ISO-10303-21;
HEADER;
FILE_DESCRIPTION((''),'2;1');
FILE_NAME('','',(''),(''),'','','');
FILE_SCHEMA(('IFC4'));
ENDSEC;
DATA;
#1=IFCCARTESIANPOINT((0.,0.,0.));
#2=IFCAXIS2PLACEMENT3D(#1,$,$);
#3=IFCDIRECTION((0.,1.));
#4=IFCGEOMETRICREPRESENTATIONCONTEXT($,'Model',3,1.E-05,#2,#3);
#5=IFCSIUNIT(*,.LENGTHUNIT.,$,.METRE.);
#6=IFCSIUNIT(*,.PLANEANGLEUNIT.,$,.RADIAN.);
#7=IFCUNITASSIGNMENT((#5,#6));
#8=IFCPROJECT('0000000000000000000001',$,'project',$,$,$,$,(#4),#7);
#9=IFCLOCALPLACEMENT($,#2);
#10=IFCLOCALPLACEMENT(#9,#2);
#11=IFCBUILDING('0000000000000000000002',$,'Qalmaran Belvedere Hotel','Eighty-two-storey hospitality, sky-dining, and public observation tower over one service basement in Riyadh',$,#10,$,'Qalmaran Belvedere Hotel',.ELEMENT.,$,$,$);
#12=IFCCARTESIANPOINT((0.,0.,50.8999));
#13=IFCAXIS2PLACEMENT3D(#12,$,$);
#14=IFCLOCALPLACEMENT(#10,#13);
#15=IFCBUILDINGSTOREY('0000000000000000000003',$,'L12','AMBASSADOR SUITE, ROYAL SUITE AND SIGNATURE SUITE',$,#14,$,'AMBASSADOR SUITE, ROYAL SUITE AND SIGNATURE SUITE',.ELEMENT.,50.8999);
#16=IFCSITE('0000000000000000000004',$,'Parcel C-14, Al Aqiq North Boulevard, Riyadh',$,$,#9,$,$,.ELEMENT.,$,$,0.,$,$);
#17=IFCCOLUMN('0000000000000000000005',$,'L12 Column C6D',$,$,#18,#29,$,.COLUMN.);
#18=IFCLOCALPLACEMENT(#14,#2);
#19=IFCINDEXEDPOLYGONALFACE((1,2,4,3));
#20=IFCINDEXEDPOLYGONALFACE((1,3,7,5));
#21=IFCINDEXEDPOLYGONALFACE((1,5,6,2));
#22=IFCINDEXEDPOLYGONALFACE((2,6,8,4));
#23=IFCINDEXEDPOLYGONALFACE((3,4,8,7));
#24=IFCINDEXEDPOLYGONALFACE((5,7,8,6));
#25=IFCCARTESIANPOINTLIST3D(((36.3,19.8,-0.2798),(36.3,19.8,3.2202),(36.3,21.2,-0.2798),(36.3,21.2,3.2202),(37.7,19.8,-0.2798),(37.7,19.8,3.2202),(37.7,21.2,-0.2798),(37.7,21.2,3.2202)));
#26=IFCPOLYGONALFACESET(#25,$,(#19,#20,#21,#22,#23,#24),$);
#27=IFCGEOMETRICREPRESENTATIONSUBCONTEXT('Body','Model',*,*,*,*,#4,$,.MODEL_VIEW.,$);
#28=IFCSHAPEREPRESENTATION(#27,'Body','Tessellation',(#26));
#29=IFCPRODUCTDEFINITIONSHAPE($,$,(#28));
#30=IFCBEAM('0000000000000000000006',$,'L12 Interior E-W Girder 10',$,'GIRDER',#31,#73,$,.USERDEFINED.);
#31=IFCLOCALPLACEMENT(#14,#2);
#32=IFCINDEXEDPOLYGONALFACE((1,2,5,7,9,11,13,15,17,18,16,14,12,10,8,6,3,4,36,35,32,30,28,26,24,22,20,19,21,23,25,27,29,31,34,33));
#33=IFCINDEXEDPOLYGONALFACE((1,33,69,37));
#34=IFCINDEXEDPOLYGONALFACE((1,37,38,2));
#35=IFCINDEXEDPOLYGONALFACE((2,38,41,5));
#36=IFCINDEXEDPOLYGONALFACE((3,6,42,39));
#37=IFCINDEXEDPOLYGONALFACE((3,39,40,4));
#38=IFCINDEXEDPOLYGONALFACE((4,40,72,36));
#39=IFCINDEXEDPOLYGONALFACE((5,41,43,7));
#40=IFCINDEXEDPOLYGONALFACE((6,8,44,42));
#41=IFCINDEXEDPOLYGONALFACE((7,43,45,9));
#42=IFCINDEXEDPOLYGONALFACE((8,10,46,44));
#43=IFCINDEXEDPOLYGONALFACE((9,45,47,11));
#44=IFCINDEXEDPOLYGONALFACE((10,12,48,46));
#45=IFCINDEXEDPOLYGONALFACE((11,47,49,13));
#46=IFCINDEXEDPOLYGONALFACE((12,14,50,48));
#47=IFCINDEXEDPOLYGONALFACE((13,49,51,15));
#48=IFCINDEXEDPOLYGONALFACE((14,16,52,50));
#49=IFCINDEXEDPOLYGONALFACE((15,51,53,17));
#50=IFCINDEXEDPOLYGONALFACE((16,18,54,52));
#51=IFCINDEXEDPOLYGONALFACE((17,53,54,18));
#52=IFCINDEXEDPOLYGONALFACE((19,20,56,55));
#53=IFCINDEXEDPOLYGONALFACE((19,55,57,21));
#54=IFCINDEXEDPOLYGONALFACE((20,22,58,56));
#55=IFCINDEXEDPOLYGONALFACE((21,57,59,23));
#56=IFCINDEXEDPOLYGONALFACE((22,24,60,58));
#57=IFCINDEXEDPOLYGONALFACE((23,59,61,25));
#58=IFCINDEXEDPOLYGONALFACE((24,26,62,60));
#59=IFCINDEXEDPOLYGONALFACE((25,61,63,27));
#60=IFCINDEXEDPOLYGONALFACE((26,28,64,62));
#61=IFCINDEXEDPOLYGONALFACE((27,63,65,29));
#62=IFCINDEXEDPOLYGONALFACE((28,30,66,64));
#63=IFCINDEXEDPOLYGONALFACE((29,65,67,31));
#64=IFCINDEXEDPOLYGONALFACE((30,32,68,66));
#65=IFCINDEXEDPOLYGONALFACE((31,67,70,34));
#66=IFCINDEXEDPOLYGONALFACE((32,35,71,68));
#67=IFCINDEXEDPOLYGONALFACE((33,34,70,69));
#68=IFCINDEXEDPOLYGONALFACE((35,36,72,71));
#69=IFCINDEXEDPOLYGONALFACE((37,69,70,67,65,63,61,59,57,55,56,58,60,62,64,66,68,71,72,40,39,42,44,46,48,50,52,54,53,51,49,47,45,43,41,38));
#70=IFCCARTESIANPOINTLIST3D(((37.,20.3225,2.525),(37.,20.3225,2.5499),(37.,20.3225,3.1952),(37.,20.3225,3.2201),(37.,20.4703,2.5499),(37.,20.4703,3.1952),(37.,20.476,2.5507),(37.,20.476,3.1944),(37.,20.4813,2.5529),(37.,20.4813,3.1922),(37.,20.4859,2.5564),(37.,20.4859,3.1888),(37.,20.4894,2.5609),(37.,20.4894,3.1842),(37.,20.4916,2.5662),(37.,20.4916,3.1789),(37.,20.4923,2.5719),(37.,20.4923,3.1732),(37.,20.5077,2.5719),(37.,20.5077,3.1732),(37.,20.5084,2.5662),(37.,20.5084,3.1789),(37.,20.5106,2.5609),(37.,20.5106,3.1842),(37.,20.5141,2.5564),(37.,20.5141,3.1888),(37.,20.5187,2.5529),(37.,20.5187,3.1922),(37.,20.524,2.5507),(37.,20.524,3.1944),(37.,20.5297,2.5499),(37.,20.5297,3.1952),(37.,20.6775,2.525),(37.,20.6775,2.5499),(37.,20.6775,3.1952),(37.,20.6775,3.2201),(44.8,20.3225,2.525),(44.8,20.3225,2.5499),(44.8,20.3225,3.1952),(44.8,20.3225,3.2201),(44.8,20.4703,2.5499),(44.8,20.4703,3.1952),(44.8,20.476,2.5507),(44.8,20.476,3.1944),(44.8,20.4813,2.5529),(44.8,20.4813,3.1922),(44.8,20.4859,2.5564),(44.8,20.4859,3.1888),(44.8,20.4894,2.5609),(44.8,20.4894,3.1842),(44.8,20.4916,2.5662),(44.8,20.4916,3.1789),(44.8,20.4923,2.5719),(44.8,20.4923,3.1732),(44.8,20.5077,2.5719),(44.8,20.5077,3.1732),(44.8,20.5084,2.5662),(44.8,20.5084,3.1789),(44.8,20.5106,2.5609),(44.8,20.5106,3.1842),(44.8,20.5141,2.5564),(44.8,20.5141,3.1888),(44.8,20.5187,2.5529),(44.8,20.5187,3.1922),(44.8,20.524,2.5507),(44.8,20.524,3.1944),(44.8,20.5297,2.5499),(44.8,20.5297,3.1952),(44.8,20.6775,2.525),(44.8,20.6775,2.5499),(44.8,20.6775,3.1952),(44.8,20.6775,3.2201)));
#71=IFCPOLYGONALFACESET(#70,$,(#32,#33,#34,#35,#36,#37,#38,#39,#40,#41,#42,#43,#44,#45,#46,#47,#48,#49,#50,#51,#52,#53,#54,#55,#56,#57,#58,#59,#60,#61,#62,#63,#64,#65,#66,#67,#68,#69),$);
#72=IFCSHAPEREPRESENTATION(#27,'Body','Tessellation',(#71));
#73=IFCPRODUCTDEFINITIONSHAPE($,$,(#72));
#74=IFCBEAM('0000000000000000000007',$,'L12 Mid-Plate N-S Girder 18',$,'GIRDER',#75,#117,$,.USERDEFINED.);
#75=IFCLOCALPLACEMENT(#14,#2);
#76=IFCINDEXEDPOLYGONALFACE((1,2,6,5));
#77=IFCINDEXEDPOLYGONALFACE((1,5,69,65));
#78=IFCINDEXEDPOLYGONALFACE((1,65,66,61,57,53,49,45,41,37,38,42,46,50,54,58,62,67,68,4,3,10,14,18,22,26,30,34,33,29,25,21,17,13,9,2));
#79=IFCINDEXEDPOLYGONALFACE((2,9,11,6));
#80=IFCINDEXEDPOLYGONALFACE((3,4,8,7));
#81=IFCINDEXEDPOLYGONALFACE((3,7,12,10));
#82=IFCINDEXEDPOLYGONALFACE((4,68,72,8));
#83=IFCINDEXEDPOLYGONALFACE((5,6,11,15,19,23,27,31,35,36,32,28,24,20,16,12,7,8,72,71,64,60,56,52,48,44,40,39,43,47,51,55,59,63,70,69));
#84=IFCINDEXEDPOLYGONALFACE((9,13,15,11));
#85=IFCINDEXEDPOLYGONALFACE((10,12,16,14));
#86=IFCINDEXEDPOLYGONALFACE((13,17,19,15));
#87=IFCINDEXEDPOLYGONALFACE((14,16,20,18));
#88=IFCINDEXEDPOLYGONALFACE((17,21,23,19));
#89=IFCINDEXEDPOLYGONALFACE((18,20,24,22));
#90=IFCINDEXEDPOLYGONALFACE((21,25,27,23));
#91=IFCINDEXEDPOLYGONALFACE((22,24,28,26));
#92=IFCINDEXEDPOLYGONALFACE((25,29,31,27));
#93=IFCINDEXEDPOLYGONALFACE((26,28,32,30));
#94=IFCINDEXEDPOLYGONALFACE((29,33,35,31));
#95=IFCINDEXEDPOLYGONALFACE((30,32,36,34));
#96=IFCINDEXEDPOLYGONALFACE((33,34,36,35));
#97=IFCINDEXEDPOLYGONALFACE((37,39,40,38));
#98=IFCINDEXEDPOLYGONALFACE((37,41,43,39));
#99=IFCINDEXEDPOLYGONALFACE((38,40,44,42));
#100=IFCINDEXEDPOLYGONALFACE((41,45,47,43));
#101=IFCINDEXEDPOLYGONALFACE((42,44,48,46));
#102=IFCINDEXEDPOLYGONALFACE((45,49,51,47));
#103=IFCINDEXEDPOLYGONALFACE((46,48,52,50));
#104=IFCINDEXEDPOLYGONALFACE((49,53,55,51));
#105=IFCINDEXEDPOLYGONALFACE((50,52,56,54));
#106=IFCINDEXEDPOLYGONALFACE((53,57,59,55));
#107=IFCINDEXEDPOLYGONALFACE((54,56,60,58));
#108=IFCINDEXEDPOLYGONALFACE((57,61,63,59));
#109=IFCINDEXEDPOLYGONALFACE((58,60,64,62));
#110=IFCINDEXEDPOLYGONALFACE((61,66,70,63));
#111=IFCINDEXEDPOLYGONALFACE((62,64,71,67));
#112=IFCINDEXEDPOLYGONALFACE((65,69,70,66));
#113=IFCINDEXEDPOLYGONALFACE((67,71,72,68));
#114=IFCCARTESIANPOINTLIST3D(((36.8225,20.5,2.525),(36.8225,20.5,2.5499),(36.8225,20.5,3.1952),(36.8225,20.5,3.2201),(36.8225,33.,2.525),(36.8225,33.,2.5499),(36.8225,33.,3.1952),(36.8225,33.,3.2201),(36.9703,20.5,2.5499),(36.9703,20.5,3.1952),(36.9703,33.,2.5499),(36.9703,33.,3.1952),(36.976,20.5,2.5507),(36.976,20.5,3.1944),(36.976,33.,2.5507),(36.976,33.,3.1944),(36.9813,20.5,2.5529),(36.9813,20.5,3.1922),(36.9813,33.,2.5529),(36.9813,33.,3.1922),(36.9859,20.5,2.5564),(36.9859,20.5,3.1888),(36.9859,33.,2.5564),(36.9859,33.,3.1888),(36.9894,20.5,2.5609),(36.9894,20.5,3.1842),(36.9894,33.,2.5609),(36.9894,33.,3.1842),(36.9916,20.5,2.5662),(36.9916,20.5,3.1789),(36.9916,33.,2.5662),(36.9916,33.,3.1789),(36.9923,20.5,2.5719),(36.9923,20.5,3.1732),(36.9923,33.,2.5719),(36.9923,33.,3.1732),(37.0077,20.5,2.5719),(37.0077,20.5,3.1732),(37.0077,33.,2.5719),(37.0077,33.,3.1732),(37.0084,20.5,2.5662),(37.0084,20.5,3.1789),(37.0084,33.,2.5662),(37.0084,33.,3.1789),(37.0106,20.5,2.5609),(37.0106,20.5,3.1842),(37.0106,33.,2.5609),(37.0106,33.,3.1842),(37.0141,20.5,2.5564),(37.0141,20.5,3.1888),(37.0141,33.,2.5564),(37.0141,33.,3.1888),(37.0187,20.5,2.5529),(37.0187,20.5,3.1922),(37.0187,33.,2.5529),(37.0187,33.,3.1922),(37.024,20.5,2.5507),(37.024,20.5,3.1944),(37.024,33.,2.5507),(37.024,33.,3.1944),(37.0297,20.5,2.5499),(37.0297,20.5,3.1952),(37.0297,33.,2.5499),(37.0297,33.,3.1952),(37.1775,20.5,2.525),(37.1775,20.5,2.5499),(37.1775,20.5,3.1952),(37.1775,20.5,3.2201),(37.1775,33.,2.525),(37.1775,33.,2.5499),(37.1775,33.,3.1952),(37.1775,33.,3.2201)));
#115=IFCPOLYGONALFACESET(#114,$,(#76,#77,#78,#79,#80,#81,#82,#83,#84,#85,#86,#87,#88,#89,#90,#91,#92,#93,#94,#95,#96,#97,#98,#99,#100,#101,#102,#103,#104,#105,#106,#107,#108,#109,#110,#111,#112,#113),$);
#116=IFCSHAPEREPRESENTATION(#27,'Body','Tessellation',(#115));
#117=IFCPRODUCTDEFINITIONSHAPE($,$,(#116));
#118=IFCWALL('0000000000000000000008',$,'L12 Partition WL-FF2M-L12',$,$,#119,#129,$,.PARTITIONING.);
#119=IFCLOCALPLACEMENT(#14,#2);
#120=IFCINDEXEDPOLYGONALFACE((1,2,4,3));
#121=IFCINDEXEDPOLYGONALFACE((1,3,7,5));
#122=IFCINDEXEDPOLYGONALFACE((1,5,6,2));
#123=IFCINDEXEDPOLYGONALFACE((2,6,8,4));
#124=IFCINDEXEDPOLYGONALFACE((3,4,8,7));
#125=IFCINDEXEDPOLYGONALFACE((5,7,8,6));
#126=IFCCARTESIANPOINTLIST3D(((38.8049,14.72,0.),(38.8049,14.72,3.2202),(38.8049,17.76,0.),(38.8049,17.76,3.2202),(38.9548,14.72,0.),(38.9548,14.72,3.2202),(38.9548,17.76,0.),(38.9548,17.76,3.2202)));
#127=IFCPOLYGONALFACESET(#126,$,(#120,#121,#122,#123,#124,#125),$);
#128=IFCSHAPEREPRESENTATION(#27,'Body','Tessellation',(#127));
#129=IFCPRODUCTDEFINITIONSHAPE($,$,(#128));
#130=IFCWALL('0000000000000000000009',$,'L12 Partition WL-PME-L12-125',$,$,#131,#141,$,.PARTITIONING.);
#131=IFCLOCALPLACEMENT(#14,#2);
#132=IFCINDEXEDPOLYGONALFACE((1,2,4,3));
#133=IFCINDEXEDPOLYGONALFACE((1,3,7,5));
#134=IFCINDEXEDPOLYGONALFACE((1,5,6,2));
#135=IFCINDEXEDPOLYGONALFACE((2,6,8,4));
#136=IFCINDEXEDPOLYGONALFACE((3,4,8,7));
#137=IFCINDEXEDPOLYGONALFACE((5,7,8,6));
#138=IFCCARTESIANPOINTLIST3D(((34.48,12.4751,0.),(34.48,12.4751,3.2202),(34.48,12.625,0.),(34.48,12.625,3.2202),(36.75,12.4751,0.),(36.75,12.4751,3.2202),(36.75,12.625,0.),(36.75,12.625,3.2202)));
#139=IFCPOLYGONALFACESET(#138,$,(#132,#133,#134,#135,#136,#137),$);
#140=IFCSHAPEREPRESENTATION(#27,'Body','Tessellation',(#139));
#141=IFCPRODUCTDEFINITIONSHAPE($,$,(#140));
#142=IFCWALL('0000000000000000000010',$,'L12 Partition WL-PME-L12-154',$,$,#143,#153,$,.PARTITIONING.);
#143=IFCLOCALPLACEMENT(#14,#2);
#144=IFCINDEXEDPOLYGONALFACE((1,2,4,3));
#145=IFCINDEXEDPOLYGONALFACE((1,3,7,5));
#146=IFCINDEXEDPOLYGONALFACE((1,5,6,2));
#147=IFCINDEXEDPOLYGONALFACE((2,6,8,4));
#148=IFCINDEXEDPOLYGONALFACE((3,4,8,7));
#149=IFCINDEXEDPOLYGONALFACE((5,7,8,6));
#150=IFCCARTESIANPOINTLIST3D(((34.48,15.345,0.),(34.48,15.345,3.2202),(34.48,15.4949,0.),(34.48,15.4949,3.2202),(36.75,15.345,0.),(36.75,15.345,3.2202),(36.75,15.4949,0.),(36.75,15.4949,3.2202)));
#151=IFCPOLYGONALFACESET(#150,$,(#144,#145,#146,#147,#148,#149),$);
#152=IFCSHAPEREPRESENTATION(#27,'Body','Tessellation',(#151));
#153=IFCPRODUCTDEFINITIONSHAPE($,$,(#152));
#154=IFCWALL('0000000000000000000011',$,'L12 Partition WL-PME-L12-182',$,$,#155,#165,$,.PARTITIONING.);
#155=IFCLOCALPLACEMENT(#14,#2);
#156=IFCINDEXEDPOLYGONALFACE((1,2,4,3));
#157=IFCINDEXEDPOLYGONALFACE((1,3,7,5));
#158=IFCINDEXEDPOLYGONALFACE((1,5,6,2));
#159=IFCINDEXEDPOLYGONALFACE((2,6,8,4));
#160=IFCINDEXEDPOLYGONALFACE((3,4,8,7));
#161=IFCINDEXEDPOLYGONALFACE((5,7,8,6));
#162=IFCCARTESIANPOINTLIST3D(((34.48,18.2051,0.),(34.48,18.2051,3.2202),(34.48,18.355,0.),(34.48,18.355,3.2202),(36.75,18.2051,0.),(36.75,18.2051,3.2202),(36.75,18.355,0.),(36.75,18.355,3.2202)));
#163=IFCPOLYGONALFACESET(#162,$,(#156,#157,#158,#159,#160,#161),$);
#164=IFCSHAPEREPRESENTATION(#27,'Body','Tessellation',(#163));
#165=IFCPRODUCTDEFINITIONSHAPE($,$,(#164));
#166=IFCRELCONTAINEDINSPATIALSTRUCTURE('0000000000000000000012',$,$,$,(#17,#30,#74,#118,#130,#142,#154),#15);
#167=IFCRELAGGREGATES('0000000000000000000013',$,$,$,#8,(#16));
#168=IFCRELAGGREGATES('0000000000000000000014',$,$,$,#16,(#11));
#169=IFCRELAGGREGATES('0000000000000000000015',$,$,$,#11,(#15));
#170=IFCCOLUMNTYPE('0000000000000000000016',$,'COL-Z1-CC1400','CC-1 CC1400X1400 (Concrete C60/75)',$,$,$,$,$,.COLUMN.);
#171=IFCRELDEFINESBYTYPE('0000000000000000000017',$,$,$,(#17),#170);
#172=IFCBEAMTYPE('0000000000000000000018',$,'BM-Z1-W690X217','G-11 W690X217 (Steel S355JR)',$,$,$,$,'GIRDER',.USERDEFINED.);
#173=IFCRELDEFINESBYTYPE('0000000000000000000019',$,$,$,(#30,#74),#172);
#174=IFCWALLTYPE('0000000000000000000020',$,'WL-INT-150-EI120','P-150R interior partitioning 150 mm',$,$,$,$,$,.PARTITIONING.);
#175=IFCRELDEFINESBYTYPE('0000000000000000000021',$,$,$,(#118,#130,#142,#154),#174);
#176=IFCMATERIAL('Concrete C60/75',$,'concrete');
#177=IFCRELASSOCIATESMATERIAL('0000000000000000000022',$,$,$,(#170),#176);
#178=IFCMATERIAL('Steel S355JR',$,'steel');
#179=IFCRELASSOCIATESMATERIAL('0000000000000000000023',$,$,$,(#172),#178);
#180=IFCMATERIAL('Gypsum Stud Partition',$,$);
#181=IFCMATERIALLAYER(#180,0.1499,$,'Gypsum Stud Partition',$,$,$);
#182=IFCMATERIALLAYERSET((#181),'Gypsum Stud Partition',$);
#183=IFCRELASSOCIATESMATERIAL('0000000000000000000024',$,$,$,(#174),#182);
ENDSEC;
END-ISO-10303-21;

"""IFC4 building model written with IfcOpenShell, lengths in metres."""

from ifc_helpers import new_model, si_unit, direction, frame, frame_2d, origin, origin_2d, place, context, subcontext, project, spatial, rectangle, i_section, extrude, material, layer, layer_set, material_profile, profile_set, type_object, element, save


model = new_model("IFC4")

# Units and contexts
model_context = context("Model", 3, precision=1e-05, world=origin(), true_north=direction((0.0, 1.0)))
body_context = subcontext(model_context, "Body", "Model", "MODEL_VIEW")
ifc_project = project(units=[si_unit("LENGTHUNIT", "METRE"), si_unit("PLANEANGLEUNIT", "RADIAN")], contexts=[model_context])

# Site, building, storey
site_placement = place(None, origin())
site = spatial("IfcSite", under=ifc_project, at=site_placement, Name="Parcel C-14, Al Aqiq North Boulevard, Riyadh", CompositionType="ELEMENT", RefElevation=0.0)
building_placement = place(site_placement, origin())
building = spatial("IfcBuilding", under=site, at=building_placement, Name="Qalmaran Belvedere Hotel", Description="Eighty-two-storey hospitality, sky-dining, and public observation tower over one service basement in Riyadh", LongName="Qalmaran Belvedere Hotel", CompositionType="ELEMENT")
storey_placement = place(building_placement, frame((0.0, 0.0, 50.8999)))
storey = spatial("IfcBuildingStorey", under=building, at=storey_placement, Name="L12", Description="AMBASSADOR SUITE, ROYAL SUITE AND SIGNATURE SUITE", LongName="AMBASSADOR SUITE, ROYAL SUITE AND SIGNATURE SUITE", CompositionType="ELEMENT", Elevation=50.8999)

# Column
ifc_material_1 = material(Name="Concrete C60/75", Category="concrete")
ifc_material_profile_1 = material_profile(ifc_material_1, rectangle(XDim=1.3999, YDim=1.3999, at=origin_2d()), Name="CC1400X1400")
ifc_profile_set_1 = profile_set([ifc_material_profile_1], Name="Concrete C60/75")
column_type = type_object("IfcColumnType", Name="COL-Z1-CC1400", Description="CC-1 CC1400X1400 (Concrete C60/75)", PredefinedType="COLUMN", material=ifc_profile_set_1)
column_placement = place(storey_placement, frame((37.0, 20.5, -0.2798), z_axis=(0.0, 0.0, 1.0), x_axis=(1.0, 0.0, 0.0)))
element("IfcColumn", 1, at=column_placement, inside=storey, type_object=column_type, Name="L12 Column C6D", PredefinedType="COLUMN", context=body_context, shape_type="SweptSolid", body=[
    extrude(rectangle(XDim=1.3999, YDim=1.3999, at=origin_2d()), origin(), (0.0, 0.0, 1.0), 3.5),
])

# Beams
ifc_material_2 = material(Name="Steel S355JR", Category="steel")
ifc_material_profile_2 = material_profile(ifc_material_2, i_section(OverallWidth=0.355, OverallDepth=0.6951, WebThickness=0.0154, FlangeThickness=0.0249, FilletRadius=0.022, at=origin_2d()), Name="W690X217")
ifc_profile_set_2 = profile_set([ifc_material_profile_2], Name="Steel S355JR")
beam_type = type_object("IfcBeamType", Name="BM-Z1-W690X217", Description="G-11 W690X217 (Steel S355JR)", ElementType="GIRDER", PredefinedType="USERDEFINED", material=ifc_profile_set_2)
beam_1_placement = place(storey_placement, frame((37.0, 20.5, 2.8726), z_axis=(1.0, 0.0, 0.0), x_axis=(0.0, 1.0, 0.0)))
element("IfcBeam", 2, at=beam_1_placement, inside=storey, type_object=beam_type, Name="L12 Interior E-W Girder 10", ObjectType="GIRDER", PredefinedType="USERDEFINED", context=body_context, shape_type="SweptSolid", body=[
    extrude(i_section(OverallWidth=0.355, OverallDepth=0.6951, WebThickness=0.0154, FlangeThickness=0.0249, FilletRadius=0.022, at=origin_2d()), origin(), (0.0, 0.0, 1.0), 7.8),
])
beam_2_placement = place(storey_placement, frame((37.0, 20.5, 2.8726), z_axis=(0.0, 1.0, 0.0), x_axis=(-1.0, 0.0, 0.0)))
element("IfcBeam", 3, at=beam_2_placement, inside=storey, type_object=beam_type, Name="L12 Mid-Plate N-S Girder 18", ObjectType="GIRDER", PredefinedType="USERDEFINED", context=body_context, shape_type="SweptSolid", body=[
    extrude(i_section(OverallWidth=0.355, OverallDepth=0.6951, WebThickness=0.0154, FlangeThickness=0.0249, FilletRadius=0.022, at=origin_2d()), origin(), (0.0, 0.0, 1.0), 12.5),
])

# Walls
ifc_material_3 = material(Name="Gypsum Stud Partition")
ifc_layer_1 = layer(ifc_material_3, 0.1499, Name="Gypsum Stud Partition")
ifc_layer_set_1 = layer_set([ifc_layer_1], Name="Gypsum Stud Partition")
wall_type_1 = type_object("IfcWallType", Name="WL-INT-150-EI120", Description="P-150R interior partitioning 150 mm", PredefinedType="PARTITIONING", material=ifc_layer_set_1)
wall_1_placement = place(storey_placement, frame((38.8799, 14.72, 0.0), z_axis=(0.0, 0.0, 1.0), x_axis=(0.0, 1.0, 0.0)))
element("IfcWall", 4, at=wall_1_placement, inside=storey, type_object=wall_type_1, Name="L12 Partition WL-FF2M-L12", PredefinedType="PARTITIONING", context=body_context, shape_type="SweptSolid", body=[
    extrude(rectangle(XDim=3.04, YDim=0.1499, at=frame_2d((1.52, 0.0))), origin(), (0.0, 0.0, 1.0), 3.2202),
])
for number, where, z_axis, x_axis, name in (
    (5, (34.48, 12.55, 0.0), (0.0, 0.0, 1.0), (1.0, 0.0, 0.0), "L12 Partition WL-PME-L12-125"),
    (6, (34.48, 15.4199, 0.0), (0.0, 0.0, 1.0), (1.0, 0.0, 0.0), "L12 Partition WL-PME-L12-154"),
    (7, (34.48, 18.28, 0.0), (0.0, 0.0, 1.0), (1.0, 0.0, 0.0), "L12 Partition WL-PME-L12-182"),
):
    element("IfcWall", number, at=place(storey_placement, frame(where, z_axis=z_axis, x_axis=x_axis)), inside=storey, type_object=wall_type_1, Name=name, PredefinedType="PARTITIONING", context=body_context, shape_type="SweptSolid", body=[
        extrude(rectangle(XDim=2.27, YDim=0.1499, at=frame_2d((1.135, 0.0))), origin(), (0.0, 0.0, 1.0), 3.2202),
    ])

save(model, "model.ifc")
